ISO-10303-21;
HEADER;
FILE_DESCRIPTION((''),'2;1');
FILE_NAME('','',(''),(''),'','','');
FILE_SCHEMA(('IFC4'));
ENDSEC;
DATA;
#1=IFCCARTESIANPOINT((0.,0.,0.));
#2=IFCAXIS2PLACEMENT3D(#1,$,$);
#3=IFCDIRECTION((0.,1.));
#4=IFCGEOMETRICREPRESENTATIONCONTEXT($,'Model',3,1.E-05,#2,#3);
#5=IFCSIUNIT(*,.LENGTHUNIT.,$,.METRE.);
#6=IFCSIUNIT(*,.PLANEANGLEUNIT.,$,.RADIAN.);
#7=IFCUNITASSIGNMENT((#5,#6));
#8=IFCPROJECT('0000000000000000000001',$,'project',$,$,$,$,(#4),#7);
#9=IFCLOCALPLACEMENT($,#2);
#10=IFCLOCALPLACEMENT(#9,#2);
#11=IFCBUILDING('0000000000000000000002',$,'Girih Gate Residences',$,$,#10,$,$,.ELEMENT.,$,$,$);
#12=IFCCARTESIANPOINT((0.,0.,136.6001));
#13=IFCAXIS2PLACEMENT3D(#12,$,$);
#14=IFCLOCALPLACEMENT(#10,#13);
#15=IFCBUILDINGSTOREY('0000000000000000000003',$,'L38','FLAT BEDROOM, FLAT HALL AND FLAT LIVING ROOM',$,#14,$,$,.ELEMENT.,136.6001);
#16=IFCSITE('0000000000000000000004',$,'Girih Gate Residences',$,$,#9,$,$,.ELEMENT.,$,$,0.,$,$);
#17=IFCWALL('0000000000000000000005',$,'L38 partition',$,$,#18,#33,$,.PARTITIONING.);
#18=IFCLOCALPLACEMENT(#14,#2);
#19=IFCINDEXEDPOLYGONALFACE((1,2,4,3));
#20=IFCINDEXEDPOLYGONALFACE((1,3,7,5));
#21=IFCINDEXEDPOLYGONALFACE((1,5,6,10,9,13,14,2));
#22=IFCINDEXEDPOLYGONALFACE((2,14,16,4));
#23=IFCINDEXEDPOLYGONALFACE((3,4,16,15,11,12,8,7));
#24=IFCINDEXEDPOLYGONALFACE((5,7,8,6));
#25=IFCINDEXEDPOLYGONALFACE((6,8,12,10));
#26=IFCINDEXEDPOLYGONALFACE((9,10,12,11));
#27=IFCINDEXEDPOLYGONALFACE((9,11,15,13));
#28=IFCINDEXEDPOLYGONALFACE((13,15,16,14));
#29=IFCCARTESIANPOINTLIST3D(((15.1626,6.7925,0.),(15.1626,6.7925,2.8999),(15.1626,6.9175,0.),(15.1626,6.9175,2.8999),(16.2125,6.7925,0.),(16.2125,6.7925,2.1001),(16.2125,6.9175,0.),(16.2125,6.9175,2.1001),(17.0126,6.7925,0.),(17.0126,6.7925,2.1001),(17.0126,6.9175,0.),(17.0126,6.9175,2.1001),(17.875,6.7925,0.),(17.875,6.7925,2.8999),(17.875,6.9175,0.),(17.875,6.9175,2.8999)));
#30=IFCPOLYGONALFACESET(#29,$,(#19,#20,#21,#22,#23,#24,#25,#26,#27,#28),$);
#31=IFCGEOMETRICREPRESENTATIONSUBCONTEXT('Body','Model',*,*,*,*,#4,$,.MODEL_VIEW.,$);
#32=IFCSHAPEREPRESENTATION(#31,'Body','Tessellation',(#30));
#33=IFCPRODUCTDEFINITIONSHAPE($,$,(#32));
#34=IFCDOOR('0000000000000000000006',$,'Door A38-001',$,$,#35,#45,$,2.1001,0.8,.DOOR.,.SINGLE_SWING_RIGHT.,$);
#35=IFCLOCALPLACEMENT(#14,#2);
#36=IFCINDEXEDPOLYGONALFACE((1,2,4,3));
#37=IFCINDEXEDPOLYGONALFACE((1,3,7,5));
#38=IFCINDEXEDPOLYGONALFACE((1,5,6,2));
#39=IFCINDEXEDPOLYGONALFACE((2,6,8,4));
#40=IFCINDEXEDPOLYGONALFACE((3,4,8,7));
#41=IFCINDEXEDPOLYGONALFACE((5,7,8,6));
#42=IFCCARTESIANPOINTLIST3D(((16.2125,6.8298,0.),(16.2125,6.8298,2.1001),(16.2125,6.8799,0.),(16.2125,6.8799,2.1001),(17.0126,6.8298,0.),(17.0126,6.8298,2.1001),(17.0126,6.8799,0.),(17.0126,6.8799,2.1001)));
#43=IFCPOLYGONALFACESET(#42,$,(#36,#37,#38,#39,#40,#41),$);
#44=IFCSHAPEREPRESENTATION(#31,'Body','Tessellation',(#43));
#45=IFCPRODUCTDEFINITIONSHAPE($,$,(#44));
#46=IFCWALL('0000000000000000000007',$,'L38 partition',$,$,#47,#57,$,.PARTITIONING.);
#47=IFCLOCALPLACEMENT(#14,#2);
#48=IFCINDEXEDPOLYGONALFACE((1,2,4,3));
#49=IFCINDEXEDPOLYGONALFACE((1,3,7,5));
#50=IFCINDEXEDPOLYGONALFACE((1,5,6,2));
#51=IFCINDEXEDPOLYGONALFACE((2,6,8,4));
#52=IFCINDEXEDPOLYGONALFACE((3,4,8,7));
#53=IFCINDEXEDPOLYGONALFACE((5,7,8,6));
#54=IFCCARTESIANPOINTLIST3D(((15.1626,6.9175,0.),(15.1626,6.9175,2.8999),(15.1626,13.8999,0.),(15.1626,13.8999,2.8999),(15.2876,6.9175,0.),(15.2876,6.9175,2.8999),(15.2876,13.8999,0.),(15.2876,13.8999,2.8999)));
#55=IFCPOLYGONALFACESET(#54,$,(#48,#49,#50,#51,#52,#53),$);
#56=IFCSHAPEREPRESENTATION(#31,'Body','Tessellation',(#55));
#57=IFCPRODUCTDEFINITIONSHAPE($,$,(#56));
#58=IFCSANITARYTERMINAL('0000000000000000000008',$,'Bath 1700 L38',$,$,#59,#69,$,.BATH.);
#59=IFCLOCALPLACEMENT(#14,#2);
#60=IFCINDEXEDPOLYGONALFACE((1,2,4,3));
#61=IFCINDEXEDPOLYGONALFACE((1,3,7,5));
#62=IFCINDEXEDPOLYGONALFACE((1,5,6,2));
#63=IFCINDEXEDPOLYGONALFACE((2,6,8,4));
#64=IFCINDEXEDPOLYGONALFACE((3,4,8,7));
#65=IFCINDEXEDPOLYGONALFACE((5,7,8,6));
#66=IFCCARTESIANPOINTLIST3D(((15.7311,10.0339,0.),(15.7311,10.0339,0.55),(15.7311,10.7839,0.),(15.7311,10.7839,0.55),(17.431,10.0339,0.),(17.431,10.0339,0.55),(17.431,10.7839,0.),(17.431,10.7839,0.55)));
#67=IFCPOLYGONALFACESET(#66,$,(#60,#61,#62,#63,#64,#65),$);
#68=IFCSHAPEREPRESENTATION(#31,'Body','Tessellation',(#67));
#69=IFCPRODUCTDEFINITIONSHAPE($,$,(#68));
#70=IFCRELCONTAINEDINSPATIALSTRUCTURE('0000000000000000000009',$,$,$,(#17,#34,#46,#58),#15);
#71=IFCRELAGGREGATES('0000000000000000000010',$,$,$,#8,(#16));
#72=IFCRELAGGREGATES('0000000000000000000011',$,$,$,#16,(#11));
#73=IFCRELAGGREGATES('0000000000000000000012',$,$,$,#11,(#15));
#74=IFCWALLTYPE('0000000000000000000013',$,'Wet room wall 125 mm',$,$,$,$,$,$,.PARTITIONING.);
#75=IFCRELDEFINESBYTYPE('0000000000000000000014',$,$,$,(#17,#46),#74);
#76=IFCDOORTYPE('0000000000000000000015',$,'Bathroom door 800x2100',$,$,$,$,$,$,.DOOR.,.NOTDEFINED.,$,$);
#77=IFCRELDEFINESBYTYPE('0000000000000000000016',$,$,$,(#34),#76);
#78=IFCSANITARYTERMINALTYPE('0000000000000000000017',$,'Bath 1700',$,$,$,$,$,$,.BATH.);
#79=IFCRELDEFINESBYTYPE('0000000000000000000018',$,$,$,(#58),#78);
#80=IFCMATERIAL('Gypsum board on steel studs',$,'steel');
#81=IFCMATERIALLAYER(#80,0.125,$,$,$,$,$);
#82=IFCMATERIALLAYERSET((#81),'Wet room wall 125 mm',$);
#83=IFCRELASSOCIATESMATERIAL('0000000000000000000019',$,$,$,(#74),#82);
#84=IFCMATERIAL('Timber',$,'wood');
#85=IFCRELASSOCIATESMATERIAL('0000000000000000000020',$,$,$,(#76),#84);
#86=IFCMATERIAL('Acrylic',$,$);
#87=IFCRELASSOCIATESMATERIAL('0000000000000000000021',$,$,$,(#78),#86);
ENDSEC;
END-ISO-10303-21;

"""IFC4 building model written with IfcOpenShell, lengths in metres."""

from ifc_helpers import new_model, si_unit, direction, frame, frame_2d, origin, origin_2d, place, context, subcontext, project, spatial, rectangle, extrude, material, layer, layer_set, type_object, element, fill, save


model = new_model("IFC4")

# Units and contexts
model_context = context("Model", 3, precision=1e-05, world=origin(), true_north=direction((0.0, 1.0)))
body_context = subcontext(model_context, "Body", "Model", "MODEL_VIEW")
ifc_project = project(units=[si_unit("LENGTHUNIT", "METRE"), si_unit("PLANEANGLEUNIT", "RADIAN")], contexts=[model_context])

# Site, building, storey
site_placement = place(None, origin())
site = spatial("IfcSite", under=ifc_project, at=site_placement, Name="Girih Gate Residences", CompositionType="ELEMENT", RefElevation=0.0)
building_placement = place(site_placement, origin())
building = spatial("IfcBuilding", under=site, at=building_placement, Name="Girih Gate Residences", CompositionType="ELEMENT")
storey_placement = place(building_placement, frame((0.0, 0.0, 136.6001)))
storey = spatial("IfcBuildingStorey", under=building, at=storey_placement, Name="L38", Description="FLAT BEDROOM, FLAT HALL AND FLAT LIVING ROOM", CompositionType="ELEMENT", Elevation=136.6001)

# Shared definitions
ifc_material_1 = material(Name="Gypsum board on steel studs", Category="steel")

# Shared definitions
ifc_material_2 = material(Name="Timber", Category="wood")

# Wall, opening, door
ifc_layer_1 = layer(ifc_material_1, 0.125)
ifc_layer_set_1 = layer_set([ifc_layer_1], Name="Wet room wall 125 mm")
wall_type_1 = type_object("IfcWallType", Name="Wet room wall 125 mm", PredefinedType="PARTITIONING", material=ifc_layer_set_1)
wall_1_placement = place(storey_placement, frame((15.1626, 6.855, 0.0), z_axis=(0.0, 0.0, 1.0), x_axis=(1.0, 0.0, 0.0)))
wall_1 = element("IfcWall", 1, at=wall_1_placement, inside=storey, type_object=wall_type_1, Name="L38 partition", PredefinedType="PARTITIONING", context=body_context, shape_type="SweptSolid", body=[
    extrude(rectangle(XDim=2.7124, YDim=0.125, at=frame_2d((1.3562, 0.0))), origin(), (0.0, 0.0, 1.0), 2.8999),
])
opening_1_placement = place(wall_1_placement, frame((1.05, 0.0, 0.0)))
opening_1 = element("IfcOpeningElement", 2, at=opening_1_placement, cuts=wall_1, PredefinedType="OPENING", context=body_context, shape_type="SweptSolid", body=[
    extrude(rectangle(XDim=0.8, YDim=2.1001, at=frame_2d((0.3999, 1.05))), frame((0.0, 0.0725, 0.0), z_axis=(0.0, -1.0, 0.0), x_axis=(1.0, 0.0, 0.0)), (0.0, 0.0, 1.0), 0.145),
])
door_type_1 = type_object("IfcDoorType", Name="Bathroom door 800x2100", OperationType="NOTDEFINED", PredefinedType="DOOR", material=ifc_material_2)
door_1_placement = place(opening_1_placement, origin())
door_1 = element("IfcDoor", 3, at=door_1_placement, inside=storey, type_object=door_type_1, Name="Door A38-001", OperationType="SINGLE_SWING_RIGHT", OverallHeight=2.1001, OverallWidth=0.8, PredefinedType="DOOR", context=body_context, shape_type="SweptSolid", body=[
    extrude(rectangle(XDim=0.8, YDim=2.1001, at=frame_2d((0.3999, 1.05))), frame((0.0, 0.0249, 0.0), z_axis=(0.0, -1.0, 0.0), x_axis=(1.0, 0.0, 0.0)), (0.0, 0.0, 1.0), 0.05),
])
fill(opening_1, door_1)

# Wall
wall_2_placement = place(storey_placement, frame((15.2251, 6.9175, 0.0), z_axis=(0.0, 0.0, 1.0), x_axis=(0.0, 1.0, 0.0)))
element("IfcWall", 4, at=wall_2_placement, inside=storey, type_object=wall_type_1, Name="L38 partition", PredefinedType="PARTITIONING", context=body_context, shape_type="SweptSolid", body=[
    extrude(rectangle(XDim=6.9824, YDim=0.125, at=frame_2d((3.4912, 0.0))), origin(), (0.0, 0.0, 1.0), 2.8999),
])

# Sanitary terminal
ifc_material_3 = material(Name="Acrylic")
sanitary_terminal_type = type_object("IfcSanitaryTerminalType", Name="Bath 1700", PredefinedType="BATH", material=ifc_material_3)
sanitary_terminal_placement = place(storey_placement, frame((16.5811, 10.4089, 0.0), z_axis=(0.0, 0.0, 1.0), x_axis=(1.0, 0.0, 0.0)))
element("IfcSanitaryTerminal", 5, at=sanitary_terminal_placement, inside=storey, type_object=sanitary_terminal_type, Name="Bath 1700 L38", PredefinedType="BATH", context=body_context, shape_type="SweptSolid", body=[
    extrude(rectangle(XDim=1.7, YDim=0.75, at=origin_2d()), origin(), (0.0, 0.0, 1.0), 0.55),
])

save(model, "model.ifc")
